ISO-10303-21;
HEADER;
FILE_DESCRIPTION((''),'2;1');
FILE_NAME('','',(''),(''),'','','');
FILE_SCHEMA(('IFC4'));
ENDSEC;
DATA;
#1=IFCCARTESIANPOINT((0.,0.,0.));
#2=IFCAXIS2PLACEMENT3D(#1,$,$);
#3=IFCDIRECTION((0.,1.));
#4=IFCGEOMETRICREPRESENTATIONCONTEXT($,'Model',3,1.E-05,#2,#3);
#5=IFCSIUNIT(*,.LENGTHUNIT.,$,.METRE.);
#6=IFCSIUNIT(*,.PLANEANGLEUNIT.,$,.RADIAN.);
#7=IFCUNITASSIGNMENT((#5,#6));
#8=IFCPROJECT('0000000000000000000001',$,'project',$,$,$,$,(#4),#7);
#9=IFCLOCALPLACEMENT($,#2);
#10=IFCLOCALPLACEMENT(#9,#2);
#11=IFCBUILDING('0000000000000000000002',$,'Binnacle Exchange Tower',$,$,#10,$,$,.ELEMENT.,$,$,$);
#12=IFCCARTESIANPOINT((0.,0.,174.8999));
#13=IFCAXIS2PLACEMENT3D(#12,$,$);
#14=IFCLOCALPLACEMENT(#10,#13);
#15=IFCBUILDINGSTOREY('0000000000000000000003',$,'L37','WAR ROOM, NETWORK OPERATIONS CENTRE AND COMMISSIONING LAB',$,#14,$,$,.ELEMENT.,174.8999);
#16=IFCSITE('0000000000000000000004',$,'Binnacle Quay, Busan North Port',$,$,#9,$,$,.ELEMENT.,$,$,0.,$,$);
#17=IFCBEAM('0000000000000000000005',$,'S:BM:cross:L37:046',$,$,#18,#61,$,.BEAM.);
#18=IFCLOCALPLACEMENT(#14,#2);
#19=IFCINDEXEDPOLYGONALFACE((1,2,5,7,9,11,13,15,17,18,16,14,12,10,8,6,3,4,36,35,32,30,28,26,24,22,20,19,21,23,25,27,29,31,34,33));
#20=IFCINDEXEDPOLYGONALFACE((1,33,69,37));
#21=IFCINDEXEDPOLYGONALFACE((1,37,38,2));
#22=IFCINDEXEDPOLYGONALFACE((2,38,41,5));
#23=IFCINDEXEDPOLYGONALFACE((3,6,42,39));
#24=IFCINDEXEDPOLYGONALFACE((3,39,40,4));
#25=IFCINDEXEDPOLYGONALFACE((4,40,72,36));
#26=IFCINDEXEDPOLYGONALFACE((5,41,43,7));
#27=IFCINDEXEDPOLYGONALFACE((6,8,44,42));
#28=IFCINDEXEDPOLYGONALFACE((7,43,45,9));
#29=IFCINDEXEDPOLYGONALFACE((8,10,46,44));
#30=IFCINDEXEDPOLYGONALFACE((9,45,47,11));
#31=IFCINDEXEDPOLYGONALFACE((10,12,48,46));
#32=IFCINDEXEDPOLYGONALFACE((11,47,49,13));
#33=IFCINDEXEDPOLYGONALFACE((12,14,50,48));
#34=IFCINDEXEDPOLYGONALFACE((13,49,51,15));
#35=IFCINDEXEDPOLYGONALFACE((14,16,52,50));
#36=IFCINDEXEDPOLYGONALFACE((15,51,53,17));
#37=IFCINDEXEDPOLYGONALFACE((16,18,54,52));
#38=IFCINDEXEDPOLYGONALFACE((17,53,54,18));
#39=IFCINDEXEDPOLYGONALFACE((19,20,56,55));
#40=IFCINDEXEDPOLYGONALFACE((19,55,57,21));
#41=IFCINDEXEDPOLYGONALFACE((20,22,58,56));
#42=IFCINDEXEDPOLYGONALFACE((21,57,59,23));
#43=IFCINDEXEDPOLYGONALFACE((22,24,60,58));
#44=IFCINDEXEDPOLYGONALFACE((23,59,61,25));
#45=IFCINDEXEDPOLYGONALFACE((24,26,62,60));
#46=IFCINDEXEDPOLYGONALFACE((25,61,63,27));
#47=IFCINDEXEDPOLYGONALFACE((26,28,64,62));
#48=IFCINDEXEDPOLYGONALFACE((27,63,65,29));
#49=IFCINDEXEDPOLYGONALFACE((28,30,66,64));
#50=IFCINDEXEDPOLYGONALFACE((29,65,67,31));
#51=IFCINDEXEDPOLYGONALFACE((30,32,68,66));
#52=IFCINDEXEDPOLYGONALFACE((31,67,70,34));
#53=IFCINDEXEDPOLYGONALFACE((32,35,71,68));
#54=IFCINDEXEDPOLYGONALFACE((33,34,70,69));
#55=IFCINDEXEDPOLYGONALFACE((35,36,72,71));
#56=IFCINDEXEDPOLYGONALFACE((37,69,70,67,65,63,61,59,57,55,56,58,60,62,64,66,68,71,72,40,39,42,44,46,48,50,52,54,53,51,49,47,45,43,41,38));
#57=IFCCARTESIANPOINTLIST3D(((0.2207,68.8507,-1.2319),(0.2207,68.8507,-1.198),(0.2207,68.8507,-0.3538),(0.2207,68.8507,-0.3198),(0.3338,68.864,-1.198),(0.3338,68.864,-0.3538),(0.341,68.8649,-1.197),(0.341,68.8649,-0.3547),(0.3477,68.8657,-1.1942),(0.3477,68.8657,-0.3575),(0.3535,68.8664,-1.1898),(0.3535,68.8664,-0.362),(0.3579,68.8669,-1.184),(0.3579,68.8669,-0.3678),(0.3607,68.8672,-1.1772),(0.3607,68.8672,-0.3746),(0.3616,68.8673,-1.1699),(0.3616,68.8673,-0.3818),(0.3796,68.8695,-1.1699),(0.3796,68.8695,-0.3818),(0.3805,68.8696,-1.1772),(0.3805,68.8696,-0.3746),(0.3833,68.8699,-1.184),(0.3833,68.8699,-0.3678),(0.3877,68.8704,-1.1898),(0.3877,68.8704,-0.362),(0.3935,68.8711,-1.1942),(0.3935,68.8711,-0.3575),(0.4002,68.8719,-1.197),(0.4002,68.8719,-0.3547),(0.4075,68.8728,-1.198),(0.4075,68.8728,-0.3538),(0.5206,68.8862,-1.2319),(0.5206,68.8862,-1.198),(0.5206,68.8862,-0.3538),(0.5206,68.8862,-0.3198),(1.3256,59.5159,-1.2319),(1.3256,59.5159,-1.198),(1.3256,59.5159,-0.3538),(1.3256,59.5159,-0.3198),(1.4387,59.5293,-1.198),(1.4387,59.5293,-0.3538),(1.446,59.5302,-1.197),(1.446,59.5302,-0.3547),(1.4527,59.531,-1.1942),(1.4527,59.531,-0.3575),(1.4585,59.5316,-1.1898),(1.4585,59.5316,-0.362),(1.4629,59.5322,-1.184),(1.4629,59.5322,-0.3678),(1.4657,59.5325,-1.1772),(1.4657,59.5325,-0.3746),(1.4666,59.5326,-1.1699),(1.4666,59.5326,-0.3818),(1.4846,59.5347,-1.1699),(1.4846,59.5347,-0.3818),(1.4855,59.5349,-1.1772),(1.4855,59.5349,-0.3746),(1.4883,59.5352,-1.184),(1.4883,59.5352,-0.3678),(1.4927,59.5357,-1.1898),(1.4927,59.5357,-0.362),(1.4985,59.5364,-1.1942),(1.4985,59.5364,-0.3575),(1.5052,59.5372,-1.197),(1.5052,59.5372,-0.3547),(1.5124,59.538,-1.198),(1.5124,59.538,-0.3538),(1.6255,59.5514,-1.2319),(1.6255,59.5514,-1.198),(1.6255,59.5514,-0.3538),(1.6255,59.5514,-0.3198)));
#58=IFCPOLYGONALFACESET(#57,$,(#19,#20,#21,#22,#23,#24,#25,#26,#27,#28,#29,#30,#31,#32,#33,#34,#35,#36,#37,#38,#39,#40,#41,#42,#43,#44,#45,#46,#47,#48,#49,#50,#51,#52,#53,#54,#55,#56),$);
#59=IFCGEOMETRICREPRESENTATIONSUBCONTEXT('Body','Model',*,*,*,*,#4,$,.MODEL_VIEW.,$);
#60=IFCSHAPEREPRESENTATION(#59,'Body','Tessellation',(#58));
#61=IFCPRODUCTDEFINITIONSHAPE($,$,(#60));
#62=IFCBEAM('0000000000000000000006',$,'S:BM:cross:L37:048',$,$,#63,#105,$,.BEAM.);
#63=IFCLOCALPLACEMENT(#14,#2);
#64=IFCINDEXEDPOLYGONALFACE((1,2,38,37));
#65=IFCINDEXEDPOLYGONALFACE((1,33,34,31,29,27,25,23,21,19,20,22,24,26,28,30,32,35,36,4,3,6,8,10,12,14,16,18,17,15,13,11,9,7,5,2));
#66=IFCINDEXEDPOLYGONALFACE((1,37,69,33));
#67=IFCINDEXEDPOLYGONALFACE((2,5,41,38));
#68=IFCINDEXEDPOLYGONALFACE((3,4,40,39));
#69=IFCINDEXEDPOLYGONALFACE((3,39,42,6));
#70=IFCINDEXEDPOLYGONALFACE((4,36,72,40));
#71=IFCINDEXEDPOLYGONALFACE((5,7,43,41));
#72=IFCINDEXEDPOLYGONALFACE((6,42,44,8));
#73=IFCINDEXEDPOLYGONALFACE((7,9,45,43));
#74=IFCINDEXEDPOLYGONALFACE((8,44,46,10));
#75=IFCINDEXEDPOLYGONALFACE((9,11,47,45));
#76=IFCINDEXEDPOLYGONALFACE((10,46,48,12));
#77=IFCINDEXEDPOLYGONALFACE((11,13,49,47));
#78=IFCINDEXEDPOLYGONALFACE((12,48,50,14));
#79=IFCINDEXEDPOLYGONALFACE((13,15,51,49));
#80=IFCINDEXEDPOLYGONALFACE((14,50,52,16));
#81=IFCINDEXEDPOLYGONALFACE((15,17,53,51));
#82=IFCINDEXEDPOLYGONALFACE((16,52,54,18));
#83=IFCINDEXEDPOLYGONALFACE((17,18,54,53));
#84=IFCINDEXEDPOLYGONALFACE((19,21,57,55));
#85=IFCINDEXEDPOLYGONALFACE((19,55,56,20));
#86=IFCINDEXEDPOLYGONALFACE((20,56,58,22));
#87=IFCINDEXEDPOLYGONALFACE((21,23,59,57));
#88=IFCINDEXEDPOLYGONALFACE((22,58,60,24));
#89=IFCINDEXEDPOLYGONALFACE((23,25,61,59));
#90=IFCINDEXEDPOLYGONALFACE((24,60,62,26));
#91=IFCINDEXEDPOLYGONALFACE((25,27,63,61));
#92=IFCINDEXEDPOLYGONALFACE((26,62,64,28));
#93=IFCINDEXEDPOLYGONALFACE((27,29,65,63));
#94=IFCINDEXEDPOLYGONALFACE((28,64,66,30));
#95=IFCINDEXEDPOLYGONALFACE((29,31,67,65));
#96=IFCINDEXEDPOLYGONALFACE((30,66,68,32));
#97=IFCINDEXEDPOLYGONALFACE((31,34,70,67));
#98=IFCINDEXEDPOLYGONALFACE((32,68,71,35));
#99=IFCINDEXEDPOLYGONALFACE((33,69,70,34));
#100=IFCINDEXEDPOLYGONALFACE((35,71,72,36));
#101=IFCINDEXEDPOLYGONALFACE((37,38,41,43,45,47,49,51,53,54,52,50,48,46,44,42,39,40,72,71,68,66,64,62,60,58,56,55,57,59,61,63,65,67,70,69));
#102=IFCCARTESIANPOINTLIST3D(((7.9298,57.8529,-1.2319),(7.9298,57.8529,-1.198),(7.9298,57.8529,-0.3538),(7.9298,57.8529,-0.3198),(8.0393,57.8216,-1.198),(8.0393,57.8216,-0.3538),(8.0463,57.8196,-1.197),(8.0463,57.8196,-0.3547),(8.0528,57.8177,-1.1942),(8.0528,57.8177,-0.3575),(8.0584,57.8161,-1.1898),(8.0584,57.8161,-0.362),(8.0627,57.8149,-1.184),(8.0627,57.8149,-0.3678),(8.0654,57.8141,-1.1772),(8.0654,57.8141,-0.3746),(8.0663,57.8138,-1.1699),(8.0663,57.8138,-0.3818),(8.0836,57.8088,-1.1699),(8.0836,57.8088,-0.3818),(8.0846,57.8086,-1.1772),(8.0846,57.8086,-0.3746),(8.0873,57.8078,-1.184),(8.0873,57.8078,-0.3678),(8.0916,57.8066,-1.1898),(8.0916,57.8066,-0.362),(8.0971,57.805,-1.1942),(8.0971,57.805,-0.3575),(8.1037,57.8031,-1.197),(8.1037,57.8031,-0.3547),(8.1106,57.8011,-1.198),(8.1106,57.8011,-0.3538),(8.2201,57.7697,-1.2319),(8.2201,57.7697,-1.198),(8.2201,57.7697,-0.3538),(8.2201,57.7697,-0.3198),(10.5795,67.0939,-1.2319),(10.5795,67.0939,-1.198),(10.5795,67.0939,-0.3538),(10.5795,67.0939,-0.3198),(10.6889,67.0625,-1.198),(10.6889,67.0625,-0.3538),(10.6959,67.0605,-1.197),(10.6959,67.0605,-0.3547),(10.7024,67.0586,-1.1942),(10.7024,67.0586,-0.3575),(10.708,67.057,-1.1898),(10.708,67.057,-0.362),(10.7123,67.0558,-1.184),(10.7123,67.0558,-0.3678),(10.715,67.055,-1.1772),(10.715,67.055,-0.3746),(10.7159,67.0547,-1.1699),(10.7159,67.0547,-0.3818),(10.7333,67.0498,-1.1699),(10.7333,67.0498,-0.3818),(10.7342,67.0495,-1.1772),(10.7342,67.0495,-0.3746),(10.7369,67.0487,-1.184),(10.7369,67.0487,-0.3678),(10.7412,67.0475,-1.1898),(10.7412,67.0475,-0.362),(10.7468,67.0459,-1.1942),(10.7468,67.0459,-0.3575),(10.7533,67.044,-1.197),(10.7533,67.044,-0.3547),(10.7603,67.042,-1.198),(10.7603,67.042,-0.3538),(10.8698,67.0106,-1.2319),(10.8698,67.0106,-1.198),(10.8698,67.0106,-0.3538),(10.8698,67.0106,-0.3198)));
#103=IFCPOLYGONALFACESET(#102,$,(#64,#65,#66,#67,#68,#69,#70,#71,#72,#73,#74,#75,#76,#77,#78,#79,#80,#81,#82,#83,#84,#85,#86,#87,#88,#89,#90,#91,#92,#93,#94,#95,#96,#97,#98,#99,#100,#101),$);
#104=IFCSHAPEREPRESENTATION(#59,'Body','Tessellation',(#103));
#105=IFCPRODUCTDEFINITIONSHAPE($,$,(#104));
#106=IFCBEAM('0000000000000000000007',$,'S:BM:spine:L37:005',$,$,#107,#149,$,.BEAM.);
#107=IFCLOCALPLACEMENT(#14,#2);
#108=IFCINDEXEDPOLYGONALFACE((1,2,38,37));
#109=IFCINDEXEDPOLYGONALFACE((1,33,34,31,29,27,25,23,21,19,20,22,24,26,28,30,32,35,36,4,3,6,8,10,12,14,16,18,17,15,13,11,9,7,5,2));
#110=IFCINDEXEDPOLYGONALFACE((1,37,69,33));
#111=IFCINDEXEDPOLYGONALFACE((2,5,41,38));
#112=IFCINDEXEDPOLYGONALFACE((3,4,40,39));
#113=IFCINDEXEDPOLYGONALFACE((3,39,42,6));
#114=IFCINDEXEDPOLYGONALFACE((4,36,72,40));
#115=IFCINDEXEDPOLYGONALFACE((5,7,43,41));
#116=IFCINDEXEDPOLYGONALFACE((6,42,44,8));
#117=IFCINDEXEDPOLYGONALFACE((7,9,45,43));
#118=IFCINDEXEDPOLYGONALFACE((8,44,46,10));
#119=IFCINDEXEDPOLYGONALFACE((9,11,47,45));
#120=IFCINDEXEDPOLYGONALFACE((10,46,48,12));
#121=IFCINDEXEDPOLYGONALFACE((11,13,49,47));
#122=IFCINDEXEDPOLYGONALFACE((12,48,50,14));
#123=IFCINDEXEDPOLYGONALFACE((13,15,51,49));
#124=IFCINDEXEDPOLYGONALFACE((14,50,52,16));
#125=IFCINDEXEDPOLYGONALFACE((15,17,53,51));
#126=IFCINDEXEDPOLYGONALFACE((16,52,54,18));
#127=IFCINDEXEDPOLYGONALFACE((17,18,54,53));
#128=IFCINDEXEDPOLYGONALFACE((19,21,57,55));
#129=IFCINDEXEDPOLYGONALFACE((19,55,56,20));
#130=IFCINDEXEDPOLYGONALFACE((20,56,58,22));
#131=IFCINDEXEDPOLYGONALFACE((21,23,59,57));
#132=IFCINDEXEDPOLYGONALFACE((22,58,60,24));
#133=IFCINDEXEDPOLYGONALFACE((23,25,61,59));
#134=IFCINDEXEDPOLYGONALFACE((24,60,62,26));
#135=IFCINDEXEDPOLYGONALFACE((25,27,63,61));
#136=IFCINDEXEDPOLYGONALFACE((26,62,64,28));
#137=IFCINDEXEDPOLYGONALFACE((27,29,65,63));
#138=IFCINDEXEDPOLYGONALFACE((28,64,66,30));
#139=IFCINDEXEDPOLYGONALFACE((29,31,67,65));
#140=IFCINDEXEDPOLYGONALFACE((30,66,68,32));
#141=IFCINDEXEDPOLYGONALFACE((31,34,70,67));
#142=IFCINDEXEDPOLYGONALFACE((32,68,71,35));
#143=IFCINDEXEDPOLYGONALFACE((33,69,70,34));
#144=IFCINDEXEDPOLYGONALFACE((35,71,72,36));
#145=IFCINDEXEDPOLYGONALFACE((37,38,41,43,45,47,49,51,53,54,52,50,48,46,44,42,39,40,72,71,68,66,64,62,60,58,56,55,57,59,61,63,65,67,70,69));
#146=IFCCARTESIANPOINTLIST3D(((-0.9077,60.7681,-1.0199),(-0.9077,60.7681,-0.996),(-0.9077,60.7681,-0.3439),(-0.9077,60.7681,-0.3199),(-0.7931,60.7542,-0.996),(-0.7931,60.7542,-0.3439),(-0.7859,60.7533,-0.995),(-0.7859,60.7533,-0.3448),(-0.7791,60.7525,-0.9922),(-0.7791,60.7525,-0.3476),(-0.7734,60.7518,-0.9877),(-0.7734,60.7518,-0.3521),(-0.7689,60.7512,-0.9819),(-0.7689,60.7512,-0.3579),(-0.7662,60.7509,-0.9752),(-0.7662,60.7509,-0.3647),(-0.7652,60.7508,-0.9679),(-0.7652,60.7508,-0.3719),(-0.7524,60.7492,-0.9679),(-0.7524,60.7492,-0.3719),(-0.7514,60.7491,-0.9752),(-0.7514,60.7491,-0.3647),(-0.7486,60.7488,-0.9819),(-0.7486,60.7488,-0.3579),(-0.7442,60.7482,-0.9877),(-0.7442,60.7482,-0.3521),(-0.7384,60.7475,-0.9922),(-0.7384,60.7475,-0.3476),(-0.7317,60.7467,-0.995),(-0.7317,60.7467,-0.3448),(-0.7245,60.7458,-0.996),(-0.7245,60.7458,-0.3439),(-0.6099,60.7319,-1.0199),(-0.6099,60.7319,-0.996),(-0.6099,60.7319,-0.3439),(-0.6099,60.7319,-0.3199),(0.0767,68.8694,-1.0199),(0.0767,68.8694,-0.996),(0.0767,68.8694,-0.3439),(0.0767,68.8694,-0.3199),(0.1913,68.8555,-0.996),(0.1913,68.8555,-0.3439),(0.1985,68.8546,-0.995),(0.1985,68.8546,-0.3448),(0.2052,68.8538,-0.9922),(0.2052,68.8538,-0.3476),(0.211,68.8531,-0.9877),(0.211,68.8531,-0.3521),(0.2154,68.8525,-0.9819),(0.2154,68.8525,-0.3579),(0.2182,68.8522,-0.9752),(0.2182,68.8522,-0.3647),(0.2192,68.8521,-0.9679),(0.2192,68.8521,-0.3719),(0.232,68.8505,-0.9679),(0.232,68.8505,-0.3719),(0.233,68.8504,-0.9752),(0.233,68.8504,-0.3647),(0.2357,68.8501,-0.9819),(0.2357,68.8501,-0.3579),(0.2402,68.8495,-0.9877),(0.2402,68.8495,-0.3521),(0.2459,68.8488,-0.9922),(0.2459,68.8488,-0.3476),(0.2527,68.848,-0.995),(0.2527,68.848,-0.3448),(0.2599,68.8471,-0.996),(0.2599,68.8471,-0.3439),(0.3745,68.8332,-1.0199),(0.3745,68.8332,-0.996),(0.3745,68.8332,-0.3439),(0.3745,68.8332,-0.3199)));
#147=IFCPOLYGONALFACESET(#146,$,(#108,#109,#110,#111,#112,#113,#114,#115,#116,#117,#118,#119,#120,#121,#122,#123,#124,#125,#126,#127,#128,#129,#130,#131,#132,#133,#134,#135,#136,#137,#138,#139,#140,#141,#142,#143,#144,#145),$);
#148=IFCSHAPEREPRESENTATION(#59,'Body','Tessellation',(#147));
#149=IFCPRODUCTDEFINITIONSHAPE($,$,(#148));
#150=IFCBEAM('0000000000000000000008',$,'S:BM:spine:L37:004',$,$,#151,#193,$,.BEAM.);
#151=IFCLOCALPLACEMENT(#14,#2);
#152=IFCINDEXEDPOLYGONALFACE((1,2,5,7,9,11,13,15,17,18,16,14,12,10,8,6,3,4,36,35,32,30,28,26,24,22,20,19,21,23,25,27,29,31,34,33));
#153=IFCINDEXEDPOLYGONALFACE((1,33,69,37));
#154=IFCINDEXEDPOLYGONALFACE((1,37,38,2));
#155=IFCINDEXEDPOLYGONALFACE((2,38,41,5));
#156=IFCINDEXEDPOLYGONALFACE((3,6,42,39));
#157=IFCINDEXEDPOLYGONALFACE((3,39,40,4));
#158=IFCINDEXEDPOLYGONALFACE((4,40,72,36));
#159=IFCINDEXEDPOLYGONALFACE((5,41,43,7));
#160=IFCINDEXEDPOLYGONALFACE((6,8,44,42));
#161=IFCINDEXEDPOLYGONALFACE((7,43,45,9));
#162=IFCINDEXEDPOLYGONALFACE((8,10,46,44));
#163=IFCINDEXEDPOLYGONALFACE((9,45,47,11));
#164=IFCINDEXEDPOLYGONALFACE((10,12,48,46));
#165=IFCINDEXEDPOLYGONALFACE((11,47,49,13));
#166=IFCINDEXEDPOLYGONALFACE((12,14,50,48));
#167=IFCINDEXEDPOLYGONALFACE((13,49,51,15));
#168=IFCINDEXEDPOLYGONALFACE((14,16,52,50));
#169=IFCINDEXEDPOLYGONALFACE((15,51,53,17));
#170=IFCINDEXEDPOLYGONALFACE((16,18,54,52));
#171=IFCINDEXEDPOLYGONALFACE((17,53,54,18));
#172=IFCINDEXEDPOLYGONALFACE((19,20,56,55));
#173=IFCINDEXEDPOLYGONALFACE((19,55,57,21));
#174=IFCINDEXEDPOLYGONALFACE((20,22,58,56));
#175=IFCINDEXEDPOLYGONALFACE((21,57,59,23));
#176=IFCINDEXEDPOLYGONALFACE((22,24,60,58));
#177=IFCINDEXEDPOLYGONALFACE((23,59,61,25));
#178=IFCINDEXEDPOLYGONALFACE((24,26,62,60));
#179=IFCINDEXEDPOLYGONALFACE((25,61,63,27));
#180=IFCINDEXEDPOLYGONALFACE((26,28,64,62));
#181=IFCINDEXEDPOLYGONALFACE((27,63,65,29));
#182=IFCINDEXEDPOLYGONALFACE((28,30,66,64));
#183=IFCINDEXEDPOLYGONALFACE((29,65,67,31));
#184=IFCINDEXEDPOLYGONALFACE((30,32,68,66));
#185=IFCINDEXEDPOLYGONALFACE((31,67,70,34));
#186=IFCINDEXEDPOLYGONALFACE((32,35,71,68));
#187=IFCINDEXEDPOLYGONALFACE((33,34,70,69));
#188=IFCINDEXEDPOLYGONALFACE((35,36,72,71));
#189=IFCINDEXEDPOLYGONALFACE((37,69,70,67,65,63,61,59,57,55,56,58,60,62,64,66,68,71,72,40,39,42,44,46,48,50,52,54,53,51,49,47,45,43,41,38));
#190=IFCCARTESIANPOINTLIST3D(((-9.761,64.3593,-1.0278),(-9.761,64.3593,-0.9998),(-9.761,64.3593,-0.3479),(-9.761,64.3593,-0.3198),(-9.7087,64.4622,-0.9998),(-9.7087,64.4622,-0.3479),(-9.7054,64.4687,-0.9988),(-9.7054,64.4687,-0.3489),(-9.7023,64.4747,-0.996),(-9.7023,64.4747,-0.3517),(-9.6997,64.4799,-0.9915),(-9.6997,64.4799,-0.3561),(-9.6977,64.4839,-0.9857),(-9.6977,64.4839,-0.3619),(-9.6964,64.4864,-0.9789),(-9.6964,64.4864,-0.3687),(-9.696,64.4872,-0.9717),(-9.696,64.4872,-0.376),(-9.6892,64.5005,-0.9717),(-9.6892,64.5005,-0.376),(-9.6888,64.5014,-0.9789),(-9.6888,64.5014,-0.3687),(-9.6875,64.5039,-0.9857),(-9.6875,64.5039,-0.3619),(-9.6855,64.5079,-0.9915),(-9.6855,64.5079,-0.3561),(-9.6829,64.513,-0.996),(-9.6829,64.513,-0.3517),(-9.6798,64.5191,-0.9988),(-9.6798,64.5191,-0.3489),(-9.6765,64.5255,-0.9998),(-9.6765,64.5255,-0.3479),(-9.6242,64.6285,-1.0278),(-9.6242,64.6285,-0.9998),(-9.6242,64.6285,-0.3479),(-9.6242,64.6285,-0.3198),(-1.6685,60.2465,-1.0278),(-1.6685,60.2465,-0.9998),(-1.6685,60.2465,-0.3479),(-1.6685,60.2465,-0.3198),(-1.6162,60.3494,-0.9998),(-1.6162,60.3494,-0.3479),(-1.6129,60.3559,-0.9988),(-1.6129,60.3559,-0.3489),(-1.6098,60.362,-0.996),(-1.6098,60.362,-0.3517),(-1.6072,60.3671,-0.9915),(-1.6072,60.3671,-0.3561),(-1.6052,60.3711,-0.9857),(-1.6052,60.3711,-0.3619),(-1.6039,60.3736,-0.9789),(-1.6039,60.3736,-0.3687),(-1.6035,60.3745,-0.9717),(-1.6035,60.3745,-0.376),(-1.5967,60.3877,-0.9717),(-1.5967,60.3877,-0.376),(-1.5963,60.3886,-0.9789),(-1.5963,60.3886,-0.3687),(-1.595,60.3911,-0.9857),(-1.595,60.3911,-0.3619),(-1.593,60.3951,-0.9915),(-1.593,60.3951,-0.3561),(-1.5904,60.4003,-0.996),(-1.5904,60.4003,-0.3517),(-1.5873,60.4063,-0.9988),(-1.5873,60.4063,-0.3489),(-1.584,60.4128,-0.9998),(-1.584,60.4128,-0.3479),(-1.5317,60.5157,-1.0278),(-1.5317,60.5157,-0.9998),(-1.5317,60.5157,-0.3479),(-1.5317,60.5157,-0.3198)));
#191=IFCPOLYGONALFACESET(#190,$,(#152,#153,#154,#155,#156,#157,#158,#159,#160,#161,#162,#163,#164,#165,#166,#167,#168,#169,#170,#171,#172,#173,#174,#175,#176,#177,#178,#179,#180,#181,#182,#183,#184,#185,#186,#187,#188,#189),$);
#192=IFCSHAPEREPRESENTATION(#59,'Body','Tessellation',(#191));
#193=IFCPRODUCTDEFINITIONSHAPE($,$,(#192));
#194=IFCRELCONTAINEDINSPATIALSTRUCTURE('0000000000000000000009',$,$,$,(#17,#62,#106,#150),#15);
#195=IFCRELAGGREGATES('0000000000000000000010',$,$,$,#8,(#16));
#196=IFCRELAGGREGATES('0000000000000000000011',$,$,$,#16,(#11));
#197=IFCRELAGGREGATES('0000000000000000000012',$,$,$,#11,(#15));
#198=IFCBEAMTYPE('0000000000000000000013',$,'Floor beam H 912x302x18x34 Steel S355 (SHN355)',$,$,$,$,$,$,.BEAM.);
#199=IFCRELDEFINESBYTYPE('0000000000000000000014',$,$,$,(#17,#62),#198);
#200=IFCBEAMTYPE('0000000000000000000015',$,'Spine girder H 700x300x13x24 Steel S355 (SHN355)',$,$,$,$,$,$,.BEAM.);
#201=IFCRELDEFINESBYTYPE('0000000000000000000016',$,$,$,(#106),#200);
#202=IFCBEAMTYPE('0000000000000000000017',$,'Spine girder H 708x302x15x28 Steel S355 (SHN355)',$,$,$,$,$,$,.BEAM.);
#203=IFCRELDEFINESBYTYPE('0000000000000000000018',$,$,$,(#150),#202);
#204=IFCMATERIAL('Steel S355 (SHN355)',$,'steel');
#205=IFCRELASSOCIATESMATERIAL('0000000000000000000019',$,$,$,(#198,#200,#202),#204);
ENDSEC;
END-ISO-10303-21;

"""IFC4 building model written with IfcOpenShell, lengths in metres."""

from ifc_helpers import new_model, si_unit, direction, frame, origin, origin_2d, place, context, subcontext, project, spatial, i_section, extrude, material, material_profile, profile_set, type_object, element, save


model = new_model("IFC4")

# Units and contexts
model_context = context("Model", 3, precision=1e-05, world=origin(), true_north=direction((0.0, 1.0)))
body_context = subcontext(model_context, "Body", "Model", "MODEL_VIEW")
ifc_project = project(units=[si_unit("LENGTHUNIT", "METRE"), si_unit("PLANEANGLEUNIT", "RADIAN")], contexts=[model_context])

# Site, building, storey
site_placement = place(None, origin())
site = spatial("IfcSite", under=ifc_project, at=site_placement, Name="Binnacle Quay, Busan North Port", CompositionType="ELEMENT", RefElevation=0.0)
building_placement = place(site_placement, origin())
building = spatial("IfcBuilding", under=site, at=building_placement, Name="Binnacle Exchange Tower", CompositionType="ELEMENT")
storey_placement = place(building_placement, frame((0.0, 0.0, 174.8999)))
storey = spatial("IfcBuildingStorey", under=building, at=storey_placement, Name="L37", Description="WAR ROOM, NETWORK OPERATIONS CENTRE AND COMMISSIONING LAB", CompositionType="ELEMENT", Elevation=174.8999)

# Beams
ifc_material_1 = material(Name="Steel S355 (SHN355)", Category="steel")
ifc_material_profile_1 = material_profile(ifc_material_1, i_section(OverallWidth=0.302, OverallDepth=0.9121, WebThickness=0.0181, FlangeThickness=0.0339, FilletRadius=0.0281, at=origin_2d()), Name="H 912x302x18x34")
ifc_profile_set_1 = profile_set([ifc_material_profile_1], Name="Steel S355 (SHN355)")
beam_type_1 = type_object("IfcBeamType", Name="Floor beam H 912x302x18x34 Steel S355 (SHN355)", PredefinedType="BEAM", material=ifc_profile_set_1)
beam_1_placement = place(storey_placement, frame((0.3706, 68.8684, -0.7759), z_axis=(0.117552, -0.993067, 0.0), x_axis=(0.993067, 0.117552, 0.0)))
element("IfcBeam", 1, at=beam_1_placement, inside=storey, type_object=beam_type_1, Name="S:BM:cross:L37:046", PredefinedType="BEAM", context=body_context, shape_type="SweptSolid", body=[
    extrude(i_section(OverallWidth=0.302, OverallDepth=0.9121, WebThickness=0.0181, FlangeThickness=0.0339, FilletRadius=0.0281, at=origin_2d()), origin(), (0.0, 0.0, 1.0), 9.3999),
])
beam_2_placement = place(storey_placement, frame((10.7246, 67.0522, -0.7759), z_axis=(-0.275623, -0.961266, 0.0), x_axis=(0.961266, -0.275623, 0.0)))
element("IfcBeam", 2, at=beam_2_placement, inside=storey, type_object=beam_type_1, Name="S:BM:cross:L37:048", PredefinedType="BEAM", context=body_context, shape_type="SweptSolid", body=[
    extrude(i_section(OverallWidth=0.302, OverallDepth=0.9121, WebThickness=0.0181, FlangeThickness=0.0339, FilletRadius=0.0281, at=origin_2d()), origin(), (0.0, 0.0, 1.0), 9.6133),
])
ifc_material_profile_2 = material_profile(ifc_material_1, i_section(OverallWidth=0.3, OverallDepth=0.7, WebThickness=0.0129, FlangeThickness=0.0239, FilletRadius=0.0281, at=origin_2d()), Name="H 700x300x13x24")
ifc_profile_set_2 = profile_set([ifc_material_profile_2], Name="Steel S355 (SHN355)")
beam_type_2 = type_object("IfcBeamType", Name="Spine girder H 700x300x13x24 Steel S355 (SHN355)", PredefinedType="BEAM", material=ifc_profile_set_2)
beam_3_placement = place(storey_placement, frame((-0.7588, 60.75, -0.6699), z_axis=(0.120621, 0.992699, 0.0), x_axis=(-0.992699, 0.120621, 0.0)))
element("IfcBeam", 3, at=beam_3_placement, inside=storey, type_object=beam_type_2, Name="S:BM:spine:L37:005", PredefinedType="BEAM", context=body_context, shape_type="SweptSolid", body=[
    extrude(i_section(OverallWidth=0.3, OverallDepth=0.7, WebThickness=0.0129, FlangeThickness=0.0239, FilletRadius=0.0281, at=origin_2d()), origin(), (0.0, 0.0, 1.0), 8.1609),
])
ifc_material_profile_3 = material_profile(ifc_material_1, i_section(OverallWidth=0.302, OverallDepth=0.708, WebThickness=0.0149, FlangeThickness=0.0281, FilletRadius=0.0281, at=origin_2d()), Name="H 708x302x15x28")
ifc_profile_set_3 = profile_set([ifc_material_profile_3], Name="Steel S355 (SHN355)")
beam_type_3 = type_object("IfcBeamType", Name="Spine girder H 708x302x15x28 Steel S355 (SHN355)", PredefinedType="BEAM", material=ifc_profile_set_3)
beam_4_placement = place(storey_placement, frame((-1.6001, 60.3811, -0.6738), z_axis=(-0.891476, 0.453067, 0.0), x_axis=(-0.453067, -0.891476, 0.0)))
element("IfcBeam", 4, at=beam_4_placement, inside=storey, type_object=beam_type_3, Name="S:BM:spine:L37:004", PredefinedType="BEAM", context=body_context, shape_type="SweptSolid", body=[
    extrude(i_section(OverallWidth=0.302, OverallDepth=0.708, WebThickness=0.0149, FlangeThickness=0.0281, FilletRadius=0.0281, at=origin_2d()), origin(), (0.0, 0.0, 1.0), 9.0776),
])

save(model, "model.ifc")
